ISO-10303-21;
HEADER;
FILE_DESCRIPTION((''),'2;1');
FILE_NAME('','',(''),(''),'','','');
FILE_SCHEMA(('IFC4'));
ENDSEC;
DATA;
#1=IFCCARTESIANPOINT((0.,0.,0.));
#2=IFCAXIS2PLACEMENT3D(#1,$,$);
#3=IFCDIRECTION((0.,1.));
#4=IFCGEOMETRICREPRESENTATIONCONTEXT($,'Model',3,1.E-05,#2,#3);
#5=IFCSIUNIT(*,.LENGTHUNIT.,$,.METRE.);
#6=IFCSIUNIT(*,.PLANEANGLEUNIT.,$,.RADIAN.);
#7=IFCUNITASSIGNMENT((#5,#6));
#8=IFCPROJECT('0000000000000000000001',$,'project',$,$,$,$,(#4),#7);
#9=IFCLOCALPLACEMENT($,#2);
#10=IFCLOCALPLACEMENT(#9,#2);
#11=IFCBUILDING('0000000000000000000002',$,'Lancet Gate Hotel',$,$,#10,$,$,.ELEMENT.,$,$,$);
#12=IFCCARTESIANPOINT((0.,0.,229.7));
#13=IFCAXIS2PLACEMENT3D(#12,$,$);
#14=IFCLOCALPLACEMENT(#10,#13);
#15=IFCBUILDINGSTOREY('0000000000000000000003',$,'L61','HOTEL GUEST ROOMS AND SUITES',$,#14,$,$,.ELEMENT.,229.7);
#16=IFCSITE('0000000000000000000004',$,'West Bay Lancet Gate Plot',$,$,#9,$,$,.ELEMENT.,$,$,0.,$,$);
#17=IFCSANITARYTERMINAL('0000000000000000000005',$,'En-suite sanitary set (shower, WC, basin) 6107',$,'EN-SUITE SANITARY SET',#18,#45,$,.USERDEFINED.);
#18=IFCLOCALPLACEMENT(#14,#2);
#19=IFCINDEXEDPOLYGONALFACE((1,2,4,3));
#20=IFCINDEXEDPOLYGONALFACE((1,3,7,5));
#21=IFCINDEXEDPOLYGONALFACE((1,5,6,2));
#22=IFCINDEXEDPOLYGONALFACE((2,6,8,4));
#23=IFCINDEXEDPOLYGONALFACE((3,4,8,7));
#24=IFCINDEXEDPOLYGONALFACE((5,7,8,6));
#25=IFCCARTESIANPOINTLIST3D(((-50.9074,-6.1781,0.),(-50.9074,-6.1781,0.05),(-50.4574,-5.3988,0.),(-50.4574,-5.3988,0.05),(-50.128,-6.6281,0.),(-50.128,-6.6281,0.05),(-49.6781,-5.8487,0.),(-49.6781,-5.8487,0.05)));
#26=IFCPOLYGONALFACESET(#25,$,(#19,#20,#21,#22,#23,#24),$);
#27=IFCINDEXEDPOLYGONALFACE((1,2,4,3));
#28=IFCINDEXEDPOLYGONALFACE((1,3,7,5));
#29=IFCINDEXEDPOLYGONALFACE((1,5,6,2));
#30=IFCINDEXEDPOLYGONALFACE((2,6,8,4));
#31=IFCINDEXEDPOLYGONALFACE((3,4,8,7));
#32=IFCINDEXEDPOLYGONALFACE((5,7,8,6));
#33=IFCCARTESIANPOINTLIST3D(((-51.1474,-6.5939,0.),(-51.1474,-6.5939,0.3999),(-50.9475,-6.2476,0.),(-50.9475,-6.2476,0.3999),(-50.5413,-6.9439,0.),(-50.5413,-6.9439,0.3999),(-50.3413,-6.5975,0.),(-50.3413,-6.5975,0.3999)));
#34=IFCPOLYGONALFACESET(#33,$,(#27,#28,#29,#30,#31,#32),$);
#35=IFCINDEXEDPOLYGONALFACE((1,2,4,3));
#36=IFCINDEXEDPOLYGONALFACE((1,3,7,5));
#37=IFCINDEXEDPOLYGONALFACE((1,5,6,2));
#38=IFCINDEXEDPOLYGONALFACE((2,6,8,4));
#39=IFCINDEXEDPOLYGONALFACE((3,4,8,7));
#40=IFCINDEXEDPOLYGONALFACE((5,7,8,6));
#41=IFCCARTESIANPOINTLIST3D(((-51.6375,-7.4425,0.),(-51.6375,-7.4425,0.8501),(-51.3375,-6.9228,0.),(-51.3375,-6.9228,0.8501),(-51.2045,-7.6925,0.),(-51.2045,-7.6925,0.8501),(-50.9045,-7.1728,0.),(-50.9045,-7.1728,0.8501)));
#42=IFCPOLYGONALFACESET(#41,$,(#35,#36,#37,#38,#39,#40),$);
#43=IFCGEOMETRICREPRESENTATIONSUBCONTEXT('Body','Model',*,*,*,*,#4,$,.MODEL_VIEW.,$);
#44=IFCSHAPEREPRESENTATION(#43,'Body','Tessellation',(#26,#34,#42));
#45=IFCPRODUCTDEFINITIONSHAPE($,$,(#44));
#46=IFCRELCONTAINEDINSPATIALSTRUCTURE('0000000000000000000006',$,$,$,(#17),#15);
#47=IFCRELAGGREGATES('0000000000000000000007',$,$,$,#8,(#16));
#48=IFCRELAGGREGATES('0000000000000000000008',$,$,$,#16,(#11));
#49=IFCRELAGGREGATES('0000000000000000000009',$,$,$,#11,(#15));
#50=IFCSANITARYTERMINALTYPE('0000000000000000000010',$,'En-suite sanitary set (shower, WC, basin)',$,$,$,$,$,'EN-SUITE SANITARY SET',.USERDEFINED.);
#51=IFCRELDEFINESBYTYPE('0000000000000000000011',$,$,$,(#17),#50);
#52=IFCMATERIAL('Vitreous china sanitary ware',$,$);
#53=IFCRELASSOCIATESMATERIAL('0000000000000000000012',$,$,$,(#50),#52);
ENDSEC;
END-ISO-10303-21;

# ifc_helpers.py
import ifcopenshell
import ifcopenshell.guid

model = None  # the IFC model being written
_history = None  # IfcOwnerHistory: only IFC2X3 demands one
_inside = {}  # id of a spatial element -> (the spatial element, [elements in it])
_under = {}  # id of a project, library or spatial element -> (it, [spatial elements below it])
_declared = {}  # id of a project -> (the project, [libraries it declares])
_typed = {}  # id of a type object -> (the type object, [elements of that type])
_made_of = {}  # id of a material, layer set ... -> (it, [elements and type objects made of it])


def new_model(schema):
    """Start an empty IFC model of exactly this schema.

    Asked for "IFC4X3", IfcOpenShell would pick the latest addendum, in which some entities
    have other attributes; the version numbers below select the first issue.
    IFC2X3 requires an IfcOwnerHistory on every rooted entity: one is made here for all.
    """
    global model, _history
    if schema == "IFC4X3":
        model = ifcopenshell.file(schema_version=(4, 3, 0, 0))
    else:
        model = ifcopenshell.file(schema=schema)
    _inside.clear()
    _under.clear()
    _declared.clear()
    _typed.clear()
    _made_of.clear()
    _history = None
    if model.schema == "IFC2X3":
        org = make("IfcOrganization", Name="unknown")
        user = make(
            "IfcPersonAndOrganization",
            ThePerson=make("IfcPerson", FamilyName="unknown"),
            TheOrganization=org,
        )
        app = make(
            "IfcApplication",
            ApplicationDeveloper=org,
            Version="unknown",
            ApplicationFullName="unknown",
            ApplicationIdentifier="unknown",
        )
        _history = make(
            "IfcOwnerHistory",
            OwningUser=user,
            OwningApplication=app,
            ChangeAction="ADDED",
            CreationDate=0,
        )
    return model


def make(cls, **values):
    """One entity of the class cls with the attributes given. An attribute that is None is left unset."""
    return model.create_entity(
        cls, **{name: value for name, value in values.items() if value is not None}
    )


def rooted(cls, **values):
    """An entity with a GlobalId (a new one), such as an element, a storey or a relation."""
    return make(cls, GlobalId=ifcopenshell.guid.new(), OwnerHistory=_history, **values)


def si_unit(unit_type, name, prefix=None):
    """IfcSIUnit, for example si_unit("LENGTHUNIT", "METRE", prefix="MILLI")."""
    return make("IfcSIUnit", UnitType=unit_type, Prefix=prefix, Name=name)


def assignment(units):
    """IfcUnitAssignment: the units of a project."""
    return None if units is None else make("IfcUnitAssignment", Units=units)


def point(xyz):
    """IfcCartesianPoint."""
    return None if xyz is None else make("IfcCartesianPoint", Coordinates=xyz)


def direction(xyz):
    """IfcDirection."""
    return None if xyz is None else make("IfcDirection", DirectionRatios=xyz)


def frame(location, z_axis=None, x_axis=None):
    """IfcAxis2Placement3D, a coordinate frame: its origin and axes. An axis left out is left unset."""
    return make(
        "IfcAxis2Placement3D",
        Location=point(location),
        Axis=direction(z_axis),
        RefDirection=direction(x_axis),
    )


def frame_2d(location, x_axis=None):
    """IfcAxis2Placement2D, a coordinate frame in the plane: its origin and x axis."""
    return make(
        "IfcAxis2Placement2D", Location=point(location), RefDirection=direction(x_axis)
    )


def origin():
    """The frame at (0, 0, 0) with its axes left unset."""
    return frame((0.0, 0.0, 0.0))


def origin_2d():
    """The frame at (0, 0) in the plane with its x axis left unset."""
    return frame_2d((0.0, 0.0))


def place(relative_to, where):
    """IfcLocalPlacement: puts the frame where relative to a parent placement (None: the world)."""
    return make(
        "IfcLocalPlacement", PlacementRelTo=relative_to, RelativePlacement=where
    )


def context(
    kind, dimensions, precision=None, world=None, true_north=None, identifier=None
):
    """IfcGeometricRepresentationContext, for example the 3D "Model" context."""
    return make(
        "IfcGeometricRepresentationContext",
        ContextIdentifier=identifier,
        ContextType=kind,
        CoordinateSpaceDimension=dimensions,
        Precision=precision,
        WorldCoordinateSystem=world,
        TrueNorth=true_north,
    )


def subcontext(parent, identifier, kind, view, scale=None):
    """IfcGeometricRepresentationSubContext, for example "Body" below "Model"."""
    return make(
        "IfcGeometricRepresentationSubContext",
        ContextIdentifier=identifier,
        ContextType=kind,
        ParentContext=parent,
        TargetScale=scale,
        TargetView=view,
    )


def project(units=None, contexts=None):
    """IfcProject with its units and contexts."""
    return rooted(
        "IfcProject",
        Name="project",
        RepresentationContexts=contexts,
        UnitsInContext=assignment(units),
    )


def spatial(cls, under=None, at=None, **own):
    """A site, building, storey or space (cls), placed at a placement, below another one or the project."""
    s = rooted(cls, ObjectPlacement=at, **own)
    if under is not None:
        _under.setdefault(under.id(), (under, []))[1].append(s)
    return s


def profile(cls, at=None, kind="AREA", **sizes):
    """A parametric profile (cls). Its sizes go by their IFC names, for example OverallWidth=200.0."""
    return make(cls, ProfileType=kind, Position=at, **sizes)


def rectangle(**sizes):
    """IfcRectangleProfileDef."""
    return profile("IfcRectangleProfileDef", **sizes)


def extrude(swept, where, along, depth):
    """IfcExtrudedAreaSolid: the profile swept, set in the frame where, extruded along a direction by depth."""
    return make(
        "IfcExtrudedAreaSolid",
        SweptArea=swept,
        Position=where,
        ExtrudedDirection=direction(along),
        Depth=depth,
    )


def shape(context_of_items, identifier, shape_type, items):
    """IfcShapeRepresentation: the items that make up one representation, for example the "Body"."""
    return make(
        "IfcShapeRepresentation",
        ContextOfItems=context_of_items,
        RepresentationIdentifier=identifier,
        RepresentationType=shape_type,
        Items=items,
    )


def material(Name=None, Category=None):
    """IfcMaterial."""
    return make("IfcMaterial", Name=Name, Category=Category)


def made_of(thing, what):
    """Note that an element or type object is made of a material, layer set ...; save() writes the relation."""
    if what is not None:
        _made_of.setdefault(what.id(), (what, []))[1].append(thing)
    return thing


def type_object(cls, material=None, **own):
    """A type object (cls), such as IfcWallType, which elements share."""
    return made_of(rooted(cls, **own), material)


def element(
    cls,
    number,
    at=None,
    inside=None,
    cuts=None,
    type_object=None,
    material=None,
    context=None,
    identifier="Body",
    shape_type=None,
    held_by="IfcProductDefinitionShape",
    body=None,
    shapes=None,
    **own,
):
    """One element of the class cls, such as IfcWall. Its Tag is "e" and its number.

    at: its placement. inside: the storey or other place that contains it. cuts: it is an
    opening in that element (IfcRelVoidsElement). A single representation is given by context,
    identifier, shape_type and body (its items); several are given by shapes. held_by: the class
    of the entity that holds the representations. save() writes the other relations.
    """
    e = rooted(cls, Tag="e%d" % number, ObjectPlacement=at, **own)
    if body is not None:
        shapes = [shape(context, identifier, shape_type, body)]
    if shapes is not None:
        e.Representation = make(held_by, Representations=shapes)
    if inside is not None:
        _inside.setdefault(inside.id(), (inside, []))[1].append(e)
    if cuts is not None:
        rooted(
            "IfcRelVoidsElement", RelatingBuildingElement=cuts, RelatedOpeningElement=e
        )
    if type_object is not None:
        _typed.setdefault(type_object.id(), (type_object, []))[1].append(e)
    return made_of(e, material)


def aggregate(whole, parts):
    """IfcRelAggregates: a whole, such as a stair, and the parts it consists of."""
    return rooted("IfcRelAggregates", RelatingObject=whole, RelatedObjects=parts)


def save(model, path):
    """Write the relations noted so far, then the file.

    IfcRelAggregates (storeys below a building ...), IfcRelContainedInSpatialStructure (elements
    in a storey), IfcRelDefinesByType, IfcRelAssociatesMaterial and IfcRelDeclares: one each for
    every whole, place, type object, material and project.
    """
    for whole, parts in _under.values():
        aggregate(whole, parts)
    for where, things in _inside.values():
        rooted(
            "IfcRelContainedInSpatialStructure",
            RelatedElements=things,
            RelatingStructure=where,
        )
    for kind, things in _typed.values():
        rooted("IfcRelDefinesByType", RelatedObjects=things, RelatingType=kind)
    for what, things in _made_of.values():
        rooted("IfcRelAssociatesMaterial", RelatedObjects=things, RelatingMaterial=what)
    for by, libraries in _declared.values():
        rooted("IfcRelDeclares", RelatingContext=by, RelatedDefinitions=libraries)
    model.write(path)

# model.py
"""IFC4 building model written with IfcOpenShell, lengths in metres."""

from ifc_helpers import new_model, si_unit, direction, frame, origin, origin_2d, place, context, subcontext, project, spatial, rectangle, extrude, material, type_object, element, save


model = new_model("IFC4")

# Units and contexts
model_context = context("Model", 3, precision=1e-05, world=origin(), true_north=direction((0.0, 1.0)))
body_context = subcontext(model_context, "Body", "Model", "MODEL_VIEW")
ifc_project = project(units=[si_unit("LENGTHUNIT", "METRE"), si_unit("PLANEANGLEUNIT", "RADIAN")], contexts=[model_context])

# Site, building, storey
site_placement = place(None, origin())
site = spatial("IfcSite", under=ifc_project, at=site_placement, Name="West Bay Lancet Gate Plot", CompositionType="ELEMENT", RefElevation=0.0)
building_placement = place(site_placement, origin())
building = spatial("IfcBuilding", under=site, at=building_placement, Name="Lancet Gate Hotel", CompositionType="ELEMENT")
storey_placement = place(building_placement, frame((0.0, 0.0, 229.7)))
storey = spatial("IfcBuildingStorey", under=building, at=storey_placement, Name="L61", Description="HOTEL GUEST ROOMS AND SUITES", CompositionType="ELEMENT", Elevation=229.7)

# Sanitary terminal
ifc_material_1 = material(Name="Vitreous china sanitary ware")
sanitary_terminal_type = type_object("IfcSanitaryTerminalType", Name="En-suite sanitary set (shower, WC, basin)", ElementType="EN-SUITE SANITARY SET", PredefinedType="USERDEFINED", material=ifc_material_1)
sanitary_terminal_1_placement = place(storey_placement, frame((-50.2927, -6.0134, 0.0), z_axis=(0.0, 0.0, 1.0), x_axis=(1.0, 0.0, 0.0)))
element("IfcSanitaryTerminal", 1, at=sanitary_terminal_1_placement, inside=storey, type_object=sanitary_terminal_type, Name="En-suite sanitary set (shower, WC, basin) 6107", ObjectType="EN-SUITE SANITARY SET", PredefinedType="USERDEFINED", context=body_context, shape_type="SweptSolid", body=[
    extrude(rectangle(XDim=0.8999, YDim=0.8999, at=origin_2d()), frame((0.0, 0.0, 0.0), z_axis=(0.0, 0.0, 1.0), x_axis=(0.5, 0.866025, 0.0)), (0.0, 0.0, 1.0), 0.05),
    extrude(rectangle(XDim=0.3999, YDim=0.7, at=origin_2d()), frame((-0.4517, -0.5823, 0.0), z_axis=(0.0, 0.0, 1.0), x_axis=(0.5, 0.866025, 0.0)), (0.0, 0.0, 1.0), 0.3999),
    extrude(rectangle(XDim=0.6001, YDim=0.5, at=origin_2d()), frame((-0.9783, -1.2942, 0.0), z_axis=(0.0, 0.0, 1.0), x_axis=(0.5, 0.866025, 0.0)), (0.0, 0.0, 1.0), 0.8501),
])

save(model, "model.ifc")
